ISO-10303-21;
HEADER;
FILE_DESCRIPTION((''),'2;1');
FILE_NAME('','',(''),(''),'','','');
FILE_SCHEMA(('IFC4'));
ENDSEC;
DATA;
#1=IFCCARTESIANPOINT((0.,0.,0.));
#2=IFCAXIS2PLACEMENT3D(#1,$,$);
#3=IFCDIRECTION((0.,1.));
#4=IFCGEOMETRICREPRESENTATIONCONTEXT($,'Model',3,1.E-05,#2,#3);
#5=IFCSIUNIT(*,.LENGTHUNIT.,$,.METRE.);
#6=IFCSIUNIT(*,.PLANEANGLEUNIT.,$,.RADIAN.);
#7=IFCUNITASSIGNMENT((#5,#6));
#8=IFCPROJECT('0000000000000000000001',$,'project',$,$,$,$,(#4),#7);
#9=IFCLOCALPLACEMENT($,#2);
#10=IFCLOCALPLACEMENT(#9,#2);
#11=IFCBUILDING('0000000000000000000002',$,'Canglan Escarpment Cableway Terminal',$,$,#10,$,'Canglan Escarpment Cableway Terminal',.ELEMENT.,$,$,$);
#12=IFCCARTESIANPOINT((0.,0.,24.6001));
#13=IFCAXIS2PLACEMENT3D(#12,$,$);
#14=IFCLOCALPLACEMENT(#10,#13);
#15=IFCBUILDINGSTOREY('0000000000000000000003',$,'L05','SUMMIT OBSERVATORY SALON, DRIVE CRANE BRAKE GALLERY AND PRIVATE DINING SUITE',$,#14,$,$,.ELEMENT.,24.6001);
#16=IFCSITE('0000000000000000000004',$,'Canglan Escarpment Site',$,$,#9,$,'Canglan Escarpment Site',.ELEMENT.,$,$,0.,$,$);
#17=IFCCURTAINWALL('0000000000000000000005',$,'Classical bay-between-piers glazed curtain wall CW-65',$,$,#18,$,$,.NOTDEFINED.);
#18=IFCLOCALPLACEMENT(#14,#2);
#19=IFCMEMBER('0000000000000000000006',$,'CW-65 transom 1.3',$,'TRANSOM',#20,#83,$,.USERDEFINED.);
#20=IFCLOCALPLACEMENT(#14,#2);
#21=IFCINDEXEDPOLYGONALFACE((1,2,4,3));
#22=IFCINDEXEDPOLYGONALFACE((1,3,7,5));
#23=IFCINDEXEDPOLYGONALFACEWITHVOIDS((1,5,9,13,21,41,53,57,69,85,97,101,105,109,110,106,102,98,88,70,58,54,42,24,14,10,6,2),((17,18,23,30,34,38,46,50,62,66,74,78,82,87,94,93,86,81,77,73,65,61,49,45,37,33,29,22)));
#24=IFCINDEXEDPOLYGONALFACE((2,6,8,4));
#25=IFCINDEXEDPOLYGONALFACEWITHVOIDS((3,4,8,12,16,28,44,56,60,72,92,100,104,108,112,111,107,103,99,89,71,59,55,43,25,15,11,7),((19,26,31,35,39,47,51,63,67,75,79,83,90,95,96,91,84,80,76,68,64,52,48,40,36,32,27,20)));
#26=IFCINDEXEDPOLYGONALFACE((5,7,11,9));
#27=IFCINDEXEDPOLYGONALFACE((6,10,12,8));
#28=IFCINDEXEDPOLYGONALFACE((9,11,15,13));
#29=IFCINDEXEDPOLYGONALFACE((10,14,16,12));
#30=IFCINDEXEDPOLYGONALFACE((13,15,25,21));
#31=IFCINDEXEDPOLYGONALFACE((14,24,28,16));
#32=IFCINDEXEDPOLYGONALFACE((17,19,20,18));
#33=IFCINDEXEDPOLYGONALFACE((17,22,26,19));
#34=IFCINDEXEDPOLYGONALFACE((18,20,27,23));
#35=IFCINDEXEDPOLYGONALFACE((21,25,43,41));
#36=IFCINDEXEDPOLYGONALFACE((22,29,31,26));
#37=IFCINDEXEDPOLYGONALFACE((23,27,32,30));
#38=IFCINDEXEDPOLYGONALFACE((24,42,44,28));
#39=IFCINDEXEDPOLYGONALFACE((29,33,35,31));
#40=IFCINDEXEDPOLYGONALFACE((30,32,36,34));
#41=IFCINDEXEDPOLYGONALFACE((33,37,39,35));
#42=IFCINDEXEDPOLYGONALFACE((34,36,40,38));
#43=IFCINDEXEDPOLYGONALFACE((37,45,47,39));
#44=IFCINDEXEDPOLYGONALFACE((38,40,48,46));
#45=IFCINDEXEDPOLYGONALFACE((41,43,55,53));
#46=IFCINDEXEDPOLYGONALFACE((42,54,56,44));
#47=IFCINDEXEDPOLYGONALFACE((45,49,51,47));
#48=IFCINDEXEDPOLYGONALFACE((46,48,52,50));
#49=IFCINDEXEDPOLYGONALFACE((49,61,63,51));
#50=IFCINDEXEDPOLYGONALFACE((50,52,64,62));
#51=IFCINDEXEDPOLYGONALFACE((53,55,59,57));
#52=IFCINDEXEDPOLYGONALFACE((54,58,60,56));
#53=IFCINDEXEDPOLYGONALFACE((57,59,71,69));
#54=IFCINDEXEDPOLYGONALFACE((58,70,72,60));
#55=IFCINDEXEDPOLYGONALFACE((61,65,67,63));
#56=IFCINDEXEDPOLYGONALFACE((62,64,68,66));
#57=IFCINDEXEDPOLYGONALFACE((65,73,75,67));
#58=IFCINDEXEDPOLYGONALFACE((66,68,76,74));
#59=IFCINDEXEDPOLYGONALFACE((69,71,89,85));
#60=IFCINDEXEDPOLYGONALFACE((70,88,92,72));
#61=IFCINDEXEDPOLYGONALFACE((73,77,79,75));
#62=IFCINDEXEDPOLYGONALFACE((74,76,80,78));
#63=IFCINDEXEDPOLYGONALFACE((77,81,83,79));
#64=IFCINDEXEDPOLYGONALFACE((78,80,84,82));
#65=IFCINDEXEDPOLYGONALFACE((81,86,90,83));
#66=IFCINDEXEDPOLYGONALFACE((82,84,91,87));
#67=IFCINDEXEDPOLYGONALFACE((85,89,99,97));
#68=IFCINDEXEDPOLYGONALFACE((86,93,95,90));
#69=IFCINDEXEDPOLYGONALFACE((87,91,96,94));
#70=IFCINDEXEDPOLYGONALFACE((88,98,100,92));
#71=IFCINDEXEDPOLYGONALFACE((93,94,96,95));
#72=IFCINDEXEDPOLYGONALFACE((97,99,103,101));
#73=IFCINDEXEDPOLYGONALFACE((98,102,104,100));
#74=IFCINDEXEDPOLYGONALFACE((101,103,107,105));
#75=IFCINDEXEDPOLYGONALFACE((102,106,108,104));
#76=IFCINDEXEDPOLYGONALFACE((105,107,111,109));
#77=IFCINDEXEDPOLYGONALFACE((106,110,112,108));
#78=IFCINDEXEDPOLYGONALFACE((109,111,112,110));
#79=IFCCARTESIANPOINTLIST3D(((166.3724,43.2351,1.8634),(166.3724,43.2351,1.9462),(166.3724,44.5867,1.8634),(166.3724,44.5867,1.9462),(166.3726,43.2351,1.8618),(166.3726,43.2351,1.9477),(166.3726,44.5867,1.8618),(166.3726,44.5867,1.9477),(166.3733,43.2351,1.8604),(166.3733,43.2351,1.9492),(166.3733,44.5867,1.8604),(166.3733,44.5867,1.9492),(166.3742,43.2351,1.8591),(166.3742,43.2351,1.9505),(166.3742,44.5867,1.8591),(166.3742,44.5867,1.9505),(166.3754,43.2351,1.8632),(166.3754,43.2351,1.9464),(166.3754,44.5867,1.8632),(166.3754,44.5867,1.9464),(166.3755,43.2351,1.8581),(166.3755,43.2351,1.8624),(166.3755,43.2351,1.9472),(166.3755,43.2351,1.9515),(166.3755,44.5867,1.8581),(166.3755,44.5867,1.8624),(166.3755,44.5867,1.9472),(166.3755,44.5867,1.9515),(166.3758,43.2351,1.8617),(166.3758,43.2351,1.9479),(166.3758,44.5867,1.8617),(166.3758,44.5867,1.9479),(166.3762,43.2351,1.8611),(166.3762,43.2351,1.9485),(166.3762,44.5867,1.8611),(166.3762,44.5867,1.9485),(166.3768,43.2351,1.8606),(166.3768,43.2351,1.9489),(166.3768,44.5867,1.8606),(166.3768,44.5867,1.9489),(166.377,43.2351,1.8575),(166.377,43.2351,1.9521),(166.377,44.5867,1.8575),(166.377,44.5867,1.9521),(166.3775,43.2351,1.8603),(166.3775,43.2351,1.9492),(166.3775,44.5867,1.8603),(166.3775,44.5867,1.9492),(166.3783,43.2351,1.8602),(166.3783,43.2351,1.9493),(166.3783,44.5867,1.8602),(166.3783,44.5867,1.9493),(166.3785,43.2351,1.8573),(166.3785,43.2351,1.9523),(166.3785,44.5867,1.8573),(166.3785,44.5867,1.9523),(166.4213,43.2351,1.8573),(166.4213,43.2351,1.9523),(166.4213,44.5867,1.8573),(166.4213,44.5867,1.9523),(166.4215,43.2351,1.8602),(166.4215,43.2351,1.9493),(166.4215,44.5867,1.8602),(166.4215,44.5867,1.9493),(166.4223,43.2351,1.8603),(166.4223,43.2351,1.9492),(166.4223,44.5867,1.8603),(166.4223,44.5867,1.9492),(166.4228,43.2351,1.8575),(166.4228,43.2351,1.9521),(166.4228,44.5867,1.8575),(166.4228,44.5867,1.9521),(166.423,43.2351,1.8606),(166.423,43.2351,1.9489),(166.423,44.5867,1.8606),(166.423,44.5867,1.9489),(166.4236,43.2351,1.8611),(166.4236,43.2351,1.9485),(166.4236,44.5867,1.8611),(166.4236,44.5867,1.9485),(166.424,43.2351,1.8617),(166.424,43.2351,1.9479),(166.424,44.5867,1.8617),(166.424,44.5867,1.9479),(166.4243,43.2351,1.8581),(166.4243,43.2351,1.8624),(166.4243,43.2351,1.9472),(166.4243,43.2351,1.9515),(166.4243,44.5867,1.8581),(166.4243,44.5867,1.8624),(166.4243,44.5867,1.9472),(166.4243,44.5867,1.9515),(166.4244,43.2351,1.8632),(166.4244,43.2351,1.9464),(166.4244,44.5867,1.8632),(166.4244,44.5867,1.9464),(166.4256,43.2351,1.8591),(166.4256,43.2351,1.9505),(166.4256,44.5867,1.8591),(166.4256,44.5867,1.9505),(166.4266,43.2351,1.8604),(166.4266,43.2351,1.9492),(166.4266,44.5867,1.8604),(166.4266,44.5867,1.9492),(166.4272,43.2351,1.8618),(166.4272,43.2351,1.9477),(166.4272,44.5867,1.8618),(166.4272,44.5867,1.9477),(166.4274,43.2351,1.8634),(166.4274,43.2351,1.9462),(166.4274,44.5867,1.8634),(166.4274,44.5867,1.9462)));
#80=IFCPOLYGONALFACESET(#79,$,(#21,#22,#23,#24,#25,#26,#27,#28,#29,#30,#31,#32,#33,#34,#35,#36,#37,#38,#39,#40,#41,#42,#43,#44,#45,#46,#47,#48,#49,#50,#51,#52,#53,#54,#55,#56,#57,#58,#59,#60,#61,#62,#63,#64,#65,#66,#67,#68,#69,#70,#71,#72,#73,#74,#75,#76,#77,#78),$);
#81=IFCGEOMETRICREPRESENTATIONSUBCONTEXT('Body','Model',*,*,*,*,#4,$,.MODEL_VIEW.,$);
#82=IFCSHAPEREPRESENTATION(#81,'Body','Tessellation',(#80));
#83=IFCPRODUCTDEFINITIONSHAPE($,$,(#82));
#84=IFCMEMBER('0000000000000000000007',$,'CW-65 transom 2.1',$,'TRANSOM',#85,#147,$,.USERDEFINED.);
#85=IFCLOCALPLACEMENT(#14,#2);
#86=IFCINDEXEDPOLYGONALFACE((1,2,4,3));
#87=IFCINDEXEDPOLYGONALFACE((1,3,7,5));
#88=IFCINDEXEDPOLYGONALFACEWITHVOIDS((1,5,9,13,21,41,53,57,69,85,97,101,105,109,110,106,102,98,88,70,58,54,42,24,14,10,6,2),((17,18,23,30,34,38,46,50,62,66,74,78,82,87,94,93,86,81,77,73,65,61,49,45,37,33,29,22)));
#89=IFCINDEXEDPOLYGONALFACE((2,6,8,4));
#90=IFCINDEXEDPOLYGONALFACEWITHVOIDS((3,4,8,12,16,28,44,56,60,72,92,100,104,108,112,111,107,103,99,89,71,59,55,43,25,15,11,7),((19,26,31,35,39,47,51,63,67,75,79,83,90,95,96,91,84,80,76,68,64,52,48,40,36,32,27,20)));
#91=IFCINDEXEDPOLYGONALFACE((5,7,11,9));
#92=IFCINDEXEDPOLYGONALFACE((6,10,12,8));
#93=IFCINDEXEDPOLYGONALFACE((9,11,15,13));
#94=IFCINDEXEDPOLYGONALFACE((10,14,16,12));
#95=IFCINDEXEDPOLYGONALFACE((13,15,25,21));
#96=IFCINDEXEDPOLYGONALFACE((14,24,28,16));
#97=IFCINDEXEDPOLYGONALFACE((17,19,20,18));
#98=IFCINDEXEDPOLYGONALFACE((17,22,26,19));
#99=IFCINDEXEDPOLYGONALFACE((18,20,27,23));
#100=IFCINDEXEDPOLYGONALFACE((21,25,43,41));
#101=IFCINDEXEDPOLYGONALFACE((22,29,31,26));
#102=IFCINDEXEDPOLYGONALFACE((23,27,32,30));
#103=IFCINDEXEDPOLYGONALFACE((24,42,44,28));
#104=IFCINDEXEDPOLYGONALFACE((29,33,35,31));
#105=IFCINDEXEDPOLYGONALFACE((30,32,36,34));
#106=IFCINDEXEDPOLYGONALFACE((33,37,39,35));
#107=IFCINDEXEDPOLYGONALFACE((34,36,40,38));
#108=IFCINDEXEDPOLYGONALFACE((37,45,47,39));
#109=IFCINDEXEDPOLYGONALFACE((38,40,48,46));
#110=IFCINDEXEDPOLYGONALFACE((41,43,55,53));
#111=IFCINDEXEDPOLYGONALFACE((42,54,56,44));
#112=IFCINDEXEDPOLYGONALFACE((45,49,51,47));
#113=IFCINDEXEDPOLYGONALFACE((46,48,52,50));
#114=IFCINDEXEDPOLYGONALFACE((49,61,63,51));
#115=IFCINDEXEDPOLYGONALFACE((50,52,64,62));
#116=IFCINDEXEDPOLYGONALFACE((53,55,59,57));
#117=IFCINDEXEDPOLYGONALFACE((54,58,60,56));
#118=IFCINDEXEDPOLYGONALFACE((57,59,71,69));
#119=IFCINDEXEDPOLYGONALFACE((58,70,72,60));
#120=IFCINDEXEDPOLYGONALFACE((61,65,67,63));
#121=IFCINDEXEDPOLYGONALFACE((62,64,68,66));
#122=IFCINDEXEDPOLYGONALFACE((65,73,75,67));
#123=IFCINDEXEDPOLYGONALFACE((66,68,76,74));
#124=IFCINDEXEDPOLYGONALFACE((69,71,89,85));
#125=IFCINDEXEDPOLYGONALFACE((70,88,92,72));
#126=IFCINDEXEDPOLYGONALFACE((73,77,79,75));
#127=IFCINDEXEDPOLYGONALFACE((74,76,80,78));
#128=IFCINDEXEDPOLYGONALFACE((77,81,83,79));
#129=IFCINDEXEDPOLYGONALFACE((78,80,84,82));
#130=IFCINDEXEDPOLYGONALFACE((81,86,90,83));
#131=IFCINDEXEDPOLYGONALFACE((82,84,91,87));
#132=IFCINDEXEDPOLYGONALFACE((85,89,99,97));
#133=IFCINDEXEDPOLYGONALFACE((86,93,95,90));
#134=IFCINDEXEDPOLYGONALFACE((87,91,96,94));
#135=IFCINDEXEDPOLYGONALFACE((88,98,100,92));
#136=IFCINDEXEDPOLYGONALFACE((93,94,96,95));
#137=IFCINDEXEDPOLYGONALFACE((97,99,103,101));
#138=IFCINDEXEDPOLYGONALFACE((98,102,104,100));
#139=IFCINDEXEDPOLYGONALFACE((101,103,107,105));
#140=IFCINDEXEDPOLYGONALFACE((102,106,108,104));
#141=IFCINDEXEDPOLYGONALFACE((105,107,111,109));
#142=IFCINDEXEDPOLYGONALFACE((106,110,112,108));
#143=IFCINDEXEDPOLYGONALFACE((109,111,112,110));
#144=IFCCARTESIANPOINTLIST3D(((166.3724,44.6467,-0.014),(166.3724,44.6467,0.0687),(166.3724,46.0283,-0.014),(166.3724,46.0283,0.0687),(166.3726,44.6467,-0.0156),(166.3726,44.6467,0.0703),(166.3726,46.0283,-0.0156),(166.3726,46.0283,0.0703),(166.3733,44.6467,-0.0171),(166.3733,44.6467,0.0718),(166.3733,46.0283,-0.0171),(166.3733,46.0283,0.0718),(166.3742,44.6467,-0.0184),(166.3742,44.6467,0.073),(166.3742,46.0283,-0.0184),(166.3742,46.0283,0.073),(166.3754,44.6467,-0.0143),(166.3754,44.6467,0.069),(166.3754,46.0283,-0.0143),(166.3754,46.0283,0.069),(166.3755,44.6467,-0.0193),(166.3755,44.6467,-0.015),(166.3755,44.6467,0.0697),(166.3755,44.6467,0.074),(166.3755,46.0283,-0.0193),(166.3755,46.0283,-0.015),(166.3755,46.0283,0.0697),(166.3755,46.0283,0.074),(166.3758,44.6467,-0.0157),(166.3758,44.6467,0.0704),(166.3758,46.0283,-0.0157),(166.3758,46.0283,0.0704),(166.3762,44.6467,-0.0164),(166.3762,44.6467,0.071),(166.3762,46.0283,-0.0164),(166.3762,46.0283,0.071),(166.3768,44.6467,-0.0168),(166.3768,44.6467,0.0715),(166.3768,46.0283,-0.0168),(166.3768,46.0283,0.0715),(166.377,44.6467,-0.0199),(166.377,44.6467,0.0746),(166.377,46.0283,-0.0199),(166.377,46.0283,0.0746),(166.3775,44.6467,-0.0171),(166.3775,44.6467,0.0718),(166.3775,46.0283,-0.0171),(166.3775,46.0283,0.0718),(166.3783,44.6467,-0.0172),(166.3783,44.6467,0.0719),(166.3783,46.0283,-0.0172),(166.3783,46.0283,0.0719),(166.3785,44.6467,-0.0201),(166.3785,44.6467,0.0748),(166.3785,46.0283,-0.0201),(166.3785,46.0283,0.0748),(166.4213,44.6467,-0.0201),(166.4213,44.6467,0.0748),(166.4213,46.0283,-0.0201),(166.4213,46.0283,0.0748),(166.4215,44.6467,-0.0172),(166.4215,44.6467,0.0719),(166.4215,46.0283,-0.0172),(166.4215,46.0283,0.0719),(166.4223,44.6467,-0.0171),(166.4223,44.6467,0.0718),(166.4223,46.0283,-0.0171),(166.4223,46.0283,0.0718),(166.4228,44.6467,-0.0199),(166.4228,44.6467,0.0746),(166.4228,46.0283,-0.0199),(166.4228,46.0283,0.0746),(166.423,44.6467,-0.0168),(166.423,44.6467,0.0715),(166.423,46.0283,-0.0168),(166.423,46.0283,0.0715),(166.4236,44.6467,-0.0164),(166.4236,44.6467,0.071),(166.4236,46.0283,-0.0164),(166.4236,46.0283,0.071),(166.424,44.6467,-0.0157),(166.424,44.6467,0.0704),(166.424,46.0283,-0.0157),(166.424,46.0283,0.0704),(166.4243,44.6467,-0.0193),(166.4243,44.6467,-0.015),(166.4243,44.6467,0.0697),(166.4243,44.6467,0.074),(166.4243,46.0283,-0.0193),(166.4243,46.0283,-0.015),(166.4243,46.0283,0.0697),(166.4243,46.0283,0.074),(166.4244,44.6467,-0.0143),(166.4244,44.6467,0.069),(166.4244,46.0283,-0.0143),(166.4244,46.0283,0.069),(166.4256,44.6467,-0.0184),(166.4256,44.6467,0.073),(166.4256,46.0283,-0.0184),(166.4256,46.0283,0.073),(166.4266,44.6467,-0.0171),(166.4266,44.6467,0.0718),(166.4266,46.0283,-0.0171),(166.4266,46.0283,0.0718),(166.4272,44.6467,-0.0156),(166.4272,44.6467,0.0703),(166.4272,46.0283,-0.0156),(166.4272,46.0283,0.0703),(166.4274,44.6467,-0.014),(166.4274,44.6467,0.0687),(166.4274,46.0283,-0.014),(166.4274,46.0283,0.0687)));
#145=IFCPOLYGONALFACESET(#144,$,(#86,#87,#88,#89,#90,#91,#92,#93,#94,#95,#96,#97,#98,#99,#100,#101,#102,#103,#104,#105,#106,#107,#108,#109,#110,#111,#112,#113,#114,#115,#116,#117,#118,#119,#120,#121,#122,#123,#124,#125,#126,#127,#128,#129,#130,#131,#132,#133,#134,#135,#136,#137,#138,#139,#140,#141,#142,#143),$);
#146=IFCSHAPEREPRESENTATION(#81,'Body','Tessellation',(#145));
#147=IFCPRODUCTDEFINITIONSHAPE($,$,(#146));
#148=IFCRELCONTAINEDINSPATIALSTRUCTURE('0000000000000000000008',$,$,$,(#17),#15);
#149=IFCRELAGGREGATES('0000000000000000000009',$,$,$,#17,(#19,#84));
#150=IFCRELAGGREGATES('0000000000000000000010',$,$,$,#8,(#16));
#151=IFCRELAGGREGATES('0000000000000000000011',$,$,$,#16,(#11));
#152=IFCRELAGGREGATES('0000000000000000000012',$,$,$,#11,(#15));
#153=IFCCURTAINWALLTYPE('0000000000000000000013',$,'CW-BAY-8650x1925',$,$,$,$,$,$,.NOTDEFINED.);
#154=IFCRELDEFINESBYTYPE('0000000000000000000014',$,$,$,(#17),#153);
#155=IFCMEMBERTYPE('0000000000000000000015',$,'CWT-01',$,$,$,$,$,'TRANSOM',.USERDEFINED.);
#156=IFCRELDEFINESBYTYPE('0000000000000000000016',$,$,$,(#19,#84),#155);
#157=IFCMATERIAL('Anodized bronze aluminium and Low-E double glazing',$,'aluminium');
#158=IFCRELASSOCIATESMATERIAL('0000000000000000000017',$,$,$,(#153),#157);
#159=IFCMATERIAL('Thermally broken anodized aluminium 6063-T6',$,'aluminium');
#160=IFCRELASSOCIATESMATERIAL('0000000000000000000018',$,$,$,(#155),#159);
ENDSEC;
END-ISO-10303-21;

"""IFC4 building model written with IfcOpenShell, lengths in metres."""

from ifc_helpers import new_model, si_unit, direction, frame, origin, origin_2d, place, context, subcontext, project, spatial, hollow_rectangle, extrude, material, material_profile, profile_set, type_object, element, aggregate, save


model = new_model("IFC4")

# Units and contexts
model_context = context("Model", 3, precision=1e-05, world=origin(), true_north=direction((0.0, 1.0)))
body_context = subcontext(model_context, "Body", "Model", "MODEL_VIEW")
ifc_project = project(units=[si_unit("LENGTHUNIT", "METRE"), si_unit("PLANEANGLEUNIT", "RADIAN")], contexts=[model_context])

# Site, building, storey
site_placement = place(None, origin())
site = spatial("IfcSite", under=ifc_project, at=site_placement, Name="Canglan Escarpment Site", LongName="Canglan Escarpment Site", CompositionType="ELEMENT", RefElevation=0.0)
building_placement = place(site_placement, origin())
building = spatial("IfcBuilding", under=site, at=building_placement, Name="Canglan Escarpment Cableway Terminal", LongName="Canglan Escarpment Cableway Terminal", CompositionType="ELEMENT")
storey_placement = place(building_placement, frame((0.0, 0.0, 24.6001)))
storey = spatial("IfcBuildingStorey", under=building, at=storey_placement, Name="L05", Description="SUMMIT OBSERVATORY SALON, DRIVE CRANE BRAKE GALLERY AND PRIVATE DINING SUITE", CompositionType="ELEMENT", Elevation=24.6001)

# Curtain wall, members
ifc_material_1 = material(Name="Anodized bronze aluminium and Low-E double glazing", Category="aluminium")
curtain_wall_type = type_object("IfcCurtainWallType", Name="CW-BAY-8650x1925", PredefinedType="NOTDEFINED", material=ifc_material_1)
curtain_wall_placement = place(storey_placement, origin())
curtain_wall = element("IfcCurtainWall", 1, at=curtain_wall_placement, inside=storey, type_object=curtain_wall_type, Name="Classical bay-between-piers glazed curtain wall CW-65", PredefinedType="NOTDEFINED")
ifc_material_2 = material(Name="Thermally broken anodized aluminium 6063-T6", Category="aluminium")
ifc_material_profile_1 = material_profile(ifc_material_2, hollow_rectangle(XDim=0.0549, YDim=0.095, WallThickness=0.0029, InnerFilletRadius=0.0029, OuterFilletRadius=0.0061, at=origin_2d()), Name="ALU-TRAN 55x95x3")
ifc_profile_set_1 = profile_set([ifc_material_profile_1], Name="Thermally broken anodized aluminium 6063-T6")
member_type_1 = type_object("IfcMemberType", Name="CWT-01", ElementType="TRANSOM", PredefinedType="USERDEFINED", material=ifc_profile_set_1)
member_1_placement = place(storey_placement, frame((166.3999, 43.2351, 1.9048), z_axis=(0.0, 1.0, 0.0), x_axis=(-1.0, 0.0, 0.0)))
member_1 = element("IfcMember", 2, at=member_1_placement, type_object=member_type_1, Name="CW-65 transom 1.3", ObjectType="TRANSOM", PredefinedType="USERDEFINED", context=body_context, shape_type="SweptSolid", body=[
    extrude(hollow_rectangle(XDim=0.0549, YDim=0.095, WallThickness=0.0029, InnerFilletRadius=0.0029, OuterFilletRadius=0.0061, at=origin_2d()), origin(), (0.0, 0.0, 1.0), 1.3516),
])
member_2_placement = place(storey_placement, frame((166.3999, 44.6467, 0.0273), z_axis=(0.0, 1.0, 0.0), x_axis=(-1.0, 0.0, 0.0)))
member_2 = element("IfcMember", 3, at=member_2_placement, type_object=member_type_1, Name="CW-65 transom 2.1", ObjectType="TRANSOM", PredefinedType="USERDEFINED", context=body_context, shape_type="SweptSolid", body=[
    extrude(hollow_rectangle(XDim=0.0549, YDim=0.095, WallThickness=0.0029, InnerFilletRadius=0.0029, OuterFilletRadius=0.0061, at=origin_2d()), origin(), (0.0, 0.0, 1.0), 1.3816),
])

aggregate(curtain_wall, [member_1, member_2])

save(model, "model.ifc")
